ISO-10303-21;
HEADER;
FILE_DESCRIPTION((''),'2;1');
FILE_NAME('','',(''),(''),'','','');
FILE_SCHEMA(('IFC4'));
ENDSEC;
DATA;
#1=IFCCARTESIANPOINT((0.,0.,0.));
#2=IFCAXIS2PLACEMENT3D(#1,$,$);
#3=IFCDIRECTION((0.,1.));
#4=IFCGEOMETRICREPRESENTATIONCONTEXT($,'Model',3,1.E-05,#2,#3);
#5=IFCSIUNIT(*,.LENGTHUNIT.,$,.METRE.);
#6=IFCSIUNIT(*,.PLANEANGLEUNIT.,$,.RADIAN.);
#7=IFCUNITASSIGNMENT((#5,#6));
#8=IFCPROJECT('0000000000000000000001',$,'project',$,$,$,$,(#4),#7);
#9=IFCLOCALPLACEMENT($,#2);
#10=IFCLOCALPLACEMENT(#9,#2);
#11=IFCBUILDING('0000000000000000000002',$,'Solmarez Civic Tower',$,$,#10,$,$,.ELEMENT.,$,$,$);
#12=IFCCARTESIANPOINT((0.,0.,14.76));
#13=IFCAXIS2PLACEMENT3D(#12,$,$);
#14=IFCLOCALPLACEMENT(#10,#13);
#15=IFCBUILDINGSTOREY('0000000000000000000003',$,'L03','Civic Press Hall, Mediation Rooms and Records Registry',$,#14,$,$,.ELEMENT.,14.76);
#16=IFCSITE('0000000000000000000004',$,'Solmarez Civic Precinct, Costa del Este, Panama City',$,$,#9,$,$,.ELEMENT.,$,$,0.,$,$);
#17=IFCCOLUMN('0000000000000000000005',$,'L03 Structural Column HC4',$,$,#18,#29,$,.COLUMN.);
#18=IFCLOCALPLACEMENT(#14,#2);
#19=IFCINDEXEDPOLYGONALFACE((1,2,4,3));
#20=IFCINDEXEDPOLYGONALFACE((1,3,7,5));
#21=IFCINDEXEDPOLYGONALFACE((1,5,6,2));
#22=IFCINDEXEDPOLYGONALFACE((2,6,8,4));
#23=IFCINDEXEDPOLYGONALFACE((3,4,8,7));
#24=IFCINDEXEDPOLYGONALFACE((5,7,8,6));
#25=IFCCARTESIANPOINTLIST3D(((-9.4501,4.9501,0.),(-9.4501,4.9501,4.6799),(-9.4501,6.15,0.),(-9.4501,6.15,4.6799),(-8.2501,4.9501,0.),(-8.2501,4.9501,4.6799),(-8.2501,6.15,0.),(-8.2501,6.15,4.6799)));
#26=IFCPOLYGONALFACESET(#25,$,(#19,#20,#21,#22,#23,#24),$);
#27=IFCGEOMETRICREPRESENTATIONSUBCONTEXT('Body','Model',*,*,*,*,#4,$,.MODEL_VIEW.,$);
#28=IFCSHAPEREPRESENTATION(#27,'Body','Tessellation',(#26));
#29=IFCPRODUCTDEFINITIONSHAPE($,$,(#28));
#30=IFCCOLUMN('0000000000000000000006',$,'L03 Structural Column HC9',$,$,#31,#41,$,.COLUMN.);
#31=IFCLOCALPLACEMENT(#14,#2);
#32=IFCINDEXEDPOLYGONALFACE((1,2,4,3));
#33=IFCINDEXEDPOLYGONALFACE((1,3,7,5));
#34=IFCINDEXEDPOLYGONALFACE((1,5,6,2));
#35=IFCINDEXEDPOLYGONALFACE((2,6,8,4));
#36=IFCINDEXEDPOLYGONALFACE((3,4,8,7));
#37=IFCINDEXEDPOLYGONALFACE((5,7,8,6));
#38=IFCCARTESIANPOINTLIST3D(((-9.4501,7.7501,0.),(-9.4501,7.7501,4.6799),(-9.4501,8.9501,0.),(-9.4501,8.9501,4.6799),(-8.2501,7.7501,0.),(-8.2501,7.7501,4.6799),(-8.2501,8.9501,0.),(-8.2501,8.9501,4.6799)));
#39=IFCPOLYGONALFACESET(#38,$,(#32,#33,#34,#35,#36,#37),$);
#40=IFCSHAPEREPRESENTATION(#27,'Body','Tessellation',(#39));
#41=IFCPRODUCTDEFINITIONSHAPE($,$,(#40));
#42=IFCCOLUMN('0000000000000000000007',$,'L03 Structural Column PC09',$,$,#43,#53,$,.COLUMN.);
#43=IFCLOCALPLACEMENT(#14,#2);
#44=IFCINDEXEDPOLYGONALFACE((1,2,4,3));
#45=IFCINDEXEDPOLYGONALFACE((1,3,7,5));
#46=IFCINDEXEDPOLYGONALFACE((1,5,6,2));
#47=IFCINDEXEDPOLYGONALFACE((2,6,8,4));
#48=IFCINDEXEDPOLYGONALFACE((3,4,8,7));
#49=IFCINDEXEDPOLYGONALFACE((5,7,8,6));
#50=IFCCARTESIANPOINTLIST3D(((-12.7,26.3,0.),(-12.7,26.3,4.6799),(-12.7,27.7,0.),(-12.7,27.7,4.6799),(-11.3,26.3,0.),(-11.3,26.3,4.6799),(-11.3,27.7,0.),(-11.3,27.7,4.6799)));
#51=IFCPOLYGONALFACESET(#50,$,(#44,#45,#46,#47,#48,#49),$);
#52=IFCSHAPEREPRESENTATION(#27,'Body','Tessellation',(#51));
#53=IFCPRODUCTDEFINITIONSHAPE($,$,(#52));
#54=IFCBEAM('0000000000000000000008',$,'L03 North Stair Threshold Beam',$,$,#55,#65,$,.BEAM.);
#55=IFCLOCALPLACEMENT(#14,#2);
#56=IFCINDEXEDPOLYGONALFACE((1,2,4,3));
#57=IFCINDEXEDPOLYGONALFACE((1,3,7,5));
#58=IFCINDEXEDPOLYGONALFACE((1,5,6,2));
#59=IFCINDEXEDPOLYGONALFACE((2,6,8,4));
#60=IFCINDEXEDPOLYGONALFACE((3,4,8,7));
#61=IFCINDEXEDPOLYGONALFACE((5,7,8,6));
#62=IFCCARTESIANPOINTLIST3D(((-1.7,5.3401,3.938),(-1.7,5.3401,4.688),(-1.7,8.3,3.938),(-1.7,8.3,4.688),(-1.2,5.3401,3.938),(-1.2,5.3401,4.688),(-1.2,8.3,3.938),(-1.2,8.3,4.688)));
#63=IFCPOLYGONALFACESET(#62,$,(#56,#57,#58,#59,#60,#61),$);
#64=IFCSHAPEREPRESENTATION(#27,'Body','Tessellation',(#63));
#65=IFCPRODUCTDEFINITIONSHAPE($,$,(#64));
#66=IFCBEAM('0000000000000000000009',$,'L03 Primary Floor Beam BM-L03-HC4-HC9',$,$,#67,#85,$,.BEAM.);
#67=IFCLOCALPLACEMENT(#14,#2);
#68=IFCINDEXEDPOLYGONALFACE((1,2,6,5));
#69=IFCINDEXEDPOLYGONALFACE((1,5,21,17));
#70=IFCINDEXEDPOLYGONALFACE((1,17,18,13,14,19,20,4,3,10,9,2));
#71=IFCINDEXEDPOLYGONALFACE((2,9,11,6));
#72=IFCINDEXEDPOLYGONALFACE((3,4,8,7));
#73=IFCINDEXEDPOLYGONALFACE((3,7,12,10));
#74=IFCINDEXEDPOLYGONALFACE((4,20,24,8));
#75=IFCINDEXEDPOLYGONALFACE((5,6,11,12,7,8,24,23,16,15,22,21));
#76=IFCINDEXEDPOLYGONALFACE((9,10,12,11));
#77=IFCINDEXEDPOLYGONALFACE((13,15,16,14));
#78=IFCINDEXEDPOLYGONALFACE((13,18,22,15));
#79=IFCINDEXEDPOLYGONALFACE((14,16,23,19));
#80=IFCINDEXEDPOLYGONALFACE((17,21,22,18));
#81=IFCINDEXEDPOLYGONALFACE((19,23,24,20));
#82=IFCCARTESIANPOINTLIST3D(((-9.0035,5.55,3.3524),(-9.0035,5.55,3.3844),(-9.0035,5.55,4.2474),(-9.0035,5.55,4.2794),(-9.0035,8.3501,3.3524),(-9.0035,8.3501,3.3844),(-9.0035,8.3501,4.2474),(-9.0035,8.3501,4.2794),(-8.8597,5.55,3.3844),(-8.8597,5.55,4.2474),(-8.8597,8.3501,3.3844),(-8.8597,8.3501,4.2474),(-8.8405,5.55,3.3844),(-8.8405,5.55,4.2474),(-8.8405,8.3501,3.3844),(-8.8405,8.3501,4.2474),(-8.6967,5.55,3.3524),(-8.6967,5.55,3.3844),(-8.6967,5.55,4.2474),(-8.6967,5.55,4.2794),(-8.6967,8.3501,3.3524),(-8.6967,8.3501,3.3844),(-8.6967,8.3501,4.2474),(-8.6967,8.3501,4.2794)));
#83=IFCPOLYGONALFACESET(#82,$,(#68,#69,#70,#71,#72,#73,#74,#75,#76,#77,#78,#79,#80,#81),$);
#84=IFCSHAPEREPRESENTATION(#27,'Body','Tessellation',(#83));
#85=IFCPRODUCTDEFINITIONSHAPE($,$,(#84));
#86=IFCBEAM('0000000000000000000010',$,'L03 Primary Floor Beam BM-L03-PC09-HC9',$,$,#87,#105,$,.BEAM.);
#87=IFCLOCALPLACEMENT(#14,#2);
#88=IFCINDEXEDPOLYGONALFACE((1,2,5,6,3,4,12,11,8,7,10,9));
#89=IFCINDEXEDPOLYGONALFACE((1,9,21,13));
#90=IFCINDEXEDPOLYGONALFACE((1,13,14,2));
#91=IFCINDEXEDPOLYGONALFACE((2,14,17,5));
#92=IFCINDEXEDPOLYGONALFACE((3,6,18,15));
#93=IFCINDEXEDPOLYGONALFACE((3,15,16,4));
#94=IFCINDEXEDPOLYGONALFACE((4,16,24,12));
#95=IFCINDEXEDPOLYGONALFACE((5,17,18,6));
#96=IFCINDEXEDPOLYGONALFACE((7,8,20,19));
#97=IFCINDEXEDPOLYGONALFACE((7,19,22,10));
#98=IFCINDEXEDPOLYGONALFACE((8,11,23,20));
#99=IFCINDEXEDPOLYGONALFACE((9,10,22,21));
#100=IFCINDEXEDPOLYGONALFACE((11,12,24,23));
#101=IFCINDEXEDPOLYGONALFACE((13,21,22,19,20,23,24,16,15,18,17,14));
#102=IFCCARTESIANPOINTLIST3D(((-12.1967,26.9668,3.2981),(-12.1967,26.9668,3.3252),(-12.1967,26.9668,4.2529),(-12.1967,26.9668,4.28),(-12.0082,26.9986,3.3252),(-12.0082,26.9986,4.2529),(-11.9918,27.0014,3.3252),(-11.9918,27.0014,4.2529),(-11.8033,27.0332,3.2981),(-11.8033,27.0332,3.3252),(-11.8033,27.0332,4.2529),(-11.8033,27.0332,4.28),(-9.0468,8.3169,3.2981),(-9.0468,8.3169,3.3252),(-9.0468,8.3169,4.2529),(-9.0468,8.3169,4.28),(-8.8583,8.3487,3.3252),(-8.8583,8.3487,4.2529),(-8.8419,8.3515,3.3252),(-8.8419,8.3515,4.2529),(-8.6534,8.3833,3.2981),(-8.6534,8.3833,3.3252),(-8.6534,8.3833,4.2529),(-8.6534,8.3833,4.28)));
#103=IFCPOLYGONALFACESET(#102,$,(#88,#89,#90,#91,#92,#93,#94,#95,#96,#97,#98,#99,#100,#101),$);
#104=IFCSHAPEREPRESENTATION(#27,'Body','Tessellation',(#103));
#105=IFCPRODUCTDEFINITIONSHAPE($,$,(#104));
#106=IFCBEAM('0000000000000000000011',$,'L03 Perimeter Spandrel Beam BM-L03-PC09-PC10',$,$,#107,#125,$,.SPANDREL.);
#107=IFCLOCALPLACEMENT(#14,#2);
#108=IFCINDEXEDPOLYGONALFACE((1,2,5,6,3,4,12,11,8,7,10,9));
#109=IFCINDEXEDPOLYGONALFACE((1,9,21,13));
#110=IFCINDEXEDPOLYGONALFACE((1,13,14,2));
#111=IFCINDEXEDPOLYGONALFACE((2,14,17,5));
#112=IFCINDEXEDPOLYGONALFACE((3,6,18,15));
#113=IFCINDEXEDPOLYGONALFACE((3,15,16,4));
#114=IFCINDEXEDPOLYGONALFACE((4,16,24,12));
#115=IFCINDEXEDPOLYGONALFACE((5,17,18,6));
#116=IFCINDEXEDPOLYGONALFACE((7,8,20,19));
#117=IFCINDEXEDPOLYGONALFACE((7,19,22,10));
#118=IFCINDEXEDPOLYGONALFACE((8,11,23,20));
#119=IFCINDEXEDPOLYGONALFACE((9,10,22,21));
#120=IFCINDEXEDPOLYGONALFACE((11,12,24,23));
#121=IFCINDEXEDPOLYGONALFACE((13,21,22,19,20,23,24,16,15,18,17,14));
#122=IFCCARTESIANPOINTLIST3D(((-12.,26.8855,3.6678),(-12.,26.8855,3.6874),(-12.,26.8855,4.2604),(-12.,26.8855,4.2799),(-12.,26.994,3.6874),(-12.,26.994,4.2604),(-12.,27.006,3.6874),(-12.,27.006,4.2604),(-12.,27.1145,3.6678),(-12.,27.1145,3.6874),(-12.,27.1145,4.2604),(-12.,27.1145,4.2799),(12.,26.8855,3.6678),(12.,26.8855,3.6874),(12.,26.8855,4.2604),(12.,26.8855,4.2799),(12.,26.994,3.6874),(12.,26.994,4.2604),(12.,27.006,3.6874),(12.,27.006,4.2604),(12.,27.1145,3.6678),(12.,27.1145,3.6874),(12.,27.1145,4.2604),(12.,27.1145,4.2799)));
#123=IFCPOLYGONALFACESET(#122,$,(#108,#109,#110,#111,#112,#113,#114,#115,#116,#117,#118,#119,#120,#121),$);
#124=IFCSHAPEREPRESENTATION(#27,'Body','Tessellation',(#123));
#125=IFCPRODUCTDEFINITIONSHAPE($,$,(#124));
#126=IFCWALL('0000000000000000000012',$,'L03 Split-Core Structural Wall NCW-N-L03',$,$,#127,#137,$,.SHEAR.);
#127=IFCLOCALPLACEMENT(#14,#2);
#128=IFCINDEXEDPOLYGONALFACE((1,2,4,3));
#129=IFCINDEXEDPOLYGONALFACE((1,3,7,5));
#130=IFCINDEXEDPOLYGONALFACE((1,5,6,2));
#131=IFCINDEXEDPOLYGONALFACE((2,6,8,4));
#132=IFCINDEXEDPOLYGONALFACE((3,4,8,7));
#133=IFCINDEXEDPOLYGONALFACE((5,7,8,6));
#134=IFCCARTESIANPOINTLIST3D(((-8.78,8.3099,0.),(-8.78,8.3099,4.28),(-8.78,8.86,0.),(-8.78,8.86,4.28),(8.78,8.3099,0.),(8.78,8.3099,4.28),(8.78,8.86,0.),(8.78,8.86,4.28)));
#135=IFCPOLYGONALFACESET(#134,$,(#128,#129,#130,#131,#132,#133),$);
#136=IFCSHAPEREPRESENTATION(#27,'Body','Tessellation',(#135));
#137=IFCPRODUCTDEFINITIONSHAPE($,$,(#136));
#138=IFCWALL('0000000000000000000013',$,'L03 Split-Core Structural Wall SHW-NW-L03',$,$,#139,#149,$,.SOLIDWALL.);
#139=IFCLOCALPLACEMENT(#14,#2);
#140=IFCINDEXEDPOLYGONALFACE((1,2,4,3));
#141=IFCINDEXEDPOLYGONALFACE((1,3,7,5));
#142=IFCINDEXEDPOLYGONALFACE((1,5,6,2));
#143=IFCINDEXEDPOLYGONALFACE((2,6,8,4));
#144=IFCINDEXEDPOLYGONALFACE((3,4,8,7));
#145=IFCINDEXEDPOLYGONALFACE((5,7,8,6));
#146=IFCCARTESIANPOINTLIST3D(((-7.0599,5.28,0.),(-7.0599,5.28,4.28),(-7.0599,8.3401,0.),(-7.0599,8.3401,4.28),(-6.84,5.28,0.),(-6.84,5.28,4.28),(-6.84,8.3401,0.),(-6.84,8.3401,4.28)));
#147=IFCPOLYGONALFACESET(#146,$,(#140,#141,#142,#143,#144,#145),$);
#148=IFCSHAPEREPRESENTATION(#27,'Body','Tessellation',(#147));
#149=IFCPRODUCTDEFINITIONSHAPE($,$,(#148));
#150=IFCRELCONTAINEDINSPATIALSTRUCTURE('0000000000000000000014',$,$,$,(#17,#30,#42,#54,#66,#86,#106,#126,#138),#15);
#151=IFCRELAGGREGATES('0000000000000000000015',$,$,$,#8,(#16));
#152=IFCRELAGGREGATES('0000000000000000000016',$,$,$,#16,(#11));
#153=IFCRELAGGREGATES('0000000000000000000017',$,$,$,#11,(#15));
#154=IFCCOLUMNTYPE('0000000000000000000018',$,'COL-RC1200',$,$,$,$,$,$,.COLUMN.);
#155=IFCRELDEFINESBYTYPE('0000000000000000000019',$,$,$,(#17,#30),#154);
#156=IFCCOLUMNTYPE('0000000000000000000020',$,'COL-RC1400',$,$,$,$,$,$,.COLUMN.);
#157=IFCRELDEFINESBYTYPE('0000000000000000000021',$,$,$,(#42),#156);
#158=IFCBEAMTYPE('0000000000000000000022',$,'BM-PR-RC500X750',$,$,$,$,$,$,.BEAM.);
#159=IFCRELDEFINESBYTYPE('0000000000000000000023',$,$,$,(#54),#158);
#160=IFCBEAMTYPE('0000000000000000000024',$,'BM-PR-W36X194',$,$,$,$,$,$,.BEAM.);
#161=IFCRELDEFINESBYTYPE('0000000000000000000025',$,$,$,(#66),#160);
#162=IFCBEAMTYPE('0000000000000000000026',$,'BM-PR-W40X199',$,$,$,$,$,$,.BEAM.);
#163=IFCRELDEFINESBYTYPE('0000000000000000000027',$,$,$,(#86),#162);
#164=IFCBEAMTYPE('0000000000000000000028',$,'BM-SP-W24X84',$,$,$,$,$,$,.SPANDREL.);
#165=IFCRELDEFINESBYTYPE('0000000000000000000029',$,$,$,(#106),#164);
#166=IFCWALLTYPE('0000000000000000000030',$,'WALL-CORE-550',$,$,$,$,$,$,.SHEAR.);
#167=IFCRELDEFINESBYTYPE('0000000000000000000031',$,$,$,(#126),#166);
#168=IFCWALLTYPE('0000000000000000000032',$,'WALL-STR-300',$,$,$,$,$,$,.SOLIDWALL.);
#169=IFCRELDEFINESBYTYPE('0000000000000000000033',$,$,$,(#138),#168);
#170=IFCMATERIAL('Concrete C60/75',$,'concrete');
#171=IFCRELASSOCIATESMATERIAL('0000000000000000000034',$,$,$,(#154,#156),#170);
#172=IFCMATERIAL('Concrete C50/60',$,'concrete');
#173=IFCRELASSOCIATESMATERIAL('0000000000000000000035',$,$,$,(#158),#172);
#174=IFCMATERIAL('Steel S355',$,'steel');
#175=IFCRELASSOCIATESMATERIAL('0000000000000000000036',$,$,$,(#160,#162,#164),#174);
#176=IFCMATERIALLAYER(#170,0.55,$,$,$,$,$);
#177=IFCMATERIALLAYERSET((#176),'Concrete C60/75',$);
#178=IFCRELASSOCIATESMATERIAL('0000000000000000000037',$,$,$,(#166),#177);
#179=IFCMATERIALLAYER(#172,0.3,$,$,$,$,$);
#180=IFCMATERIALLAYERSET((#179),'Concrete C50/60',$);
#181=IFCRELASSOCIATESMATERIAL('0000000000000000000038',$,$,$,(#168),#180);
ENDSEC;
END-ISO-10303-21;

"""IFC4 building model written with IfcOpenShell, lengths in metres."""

from ifc_helpers import new_model, si_unit, direction, frame, frame_2d, origin, origin_2d, place, context, subcontext, project, spatial, rectangle, i_section, extrude, material, layer, layer_set, material_profile, profile_set, type_object, element, save


model = new_model("IFC4")

# Units and contexts
model_context = context("Model", 3, precision=1e-05, world=origin(), true_north=direction((0.0, 1.0)))
body_context = subcontext(model_context, "Body", "Model", "MODEL_VIEW")
ifc_project = project(units=[si_unit("LENGTHUNIT", "METRE"), si_unit("PLANEANGLEUNIT", "RADIAN")], contexts=[model_context])

# Site, building, storey
site_placement = place(None, origin())
site = spatial("IfcSite", under=ifc_project, at=site_placement, Name="Solmarez Civic Precinct, Costa del Este, Panama City", CompositionType="ELEMENT", RefElevation=0.0)
building_placement = place(site_placement, origin())
building = spatial("IfcBuilding", under=site, at=building_placement, Name="Solmarez Civic Tower", CompositionType="ELEMENT")
storey_placement = place(building_placement, frame((0.0, 0.0, 14.76)))
storey = spatial("IfcBuildingStorey", under=building, at=storey_placement, Name="L03", Description="Civic Press Hall, Mediation Rooms and Records Registry", CompositionType="ELEMENT", Elevation=14.76)

# Columns
ifc_material_1 = material(Name="Concrete C60/75", Category="concrete")
ifc_material_profile_1 = material_profile(ifc_material_1, rectangle(XDim=1.2, YDim=1.2, at=origin_2d()), Name="RC1200X1200")
ifc_profile_set_1 = profile_set([ifc_material_profile_1], Name="Concrete C60/75")
column_type_1 = type_object("IfcColumnType", Name="COL-RC1200", PredefinedType="COLUMN", material=ifc_profile_set_1)
for number, where, z_axis, x_axis, name in (
    (1, (-8.8501, 5.55, 0.0), (0.0, 0.0, 1.0), (1.0, 0.0, 0.0), "L03 Structural Column HC4"),
    (2, (-8.8501, 8.3501, 0.0), (0.0, 0.0, 1.0), (1.0, 0.0, 0.0), "L03 Structural Column HC9"),
):
    element("IfcColumn", number, at=place(storey_placement, frame(where, z_axis=z_axis, x_axis=x_axis)), inside=storey, type_object=column_type_1, Name=name, PredefinedType="COLUMN", context=body_context, shape_type="SweptSolid", body=[
        extrude(rectangle(XDim=1.2, YDim=1.2, at=origin_2d()), origin(), (0.0, 0.0, 1.0), 4.6799),
    ])
ifc_material_profile_2 = material_profile(ifc_material_1, rectangle(XDim=1.3999, YDim=1.3999, at=origin_2d()), Name="RC1400X1400")
ifc_profile_set_2 = profile_set([ifc_material_profile_2], Name="Concrete C60/75")
column_type_2 = type_object("IfcColumnType", Name="COL-RC1400", PredefinedType="COLUMN", material=ifc_profile_set_2)
column_placement = place(storey_placement, frame((-12.0, 27.0, 0.0), z_axis=(0.0, 0.0, 1.0), x_axis=(1.0, 0.0, 0.0)))
element("IfcColumn", 3, at=column_placement, inside=storey, type_object=column_type_2, Name="L03 Structural Column PC09", PredefinedType="COLUMN", context=body_context, shape_type="SweptSolid", body=[
    extrude(rectangle(XDim=1.3999, YDim=1.3999, at=origin_2d()), origin(), (0.0, 0.0, 1.0), 4.6799),
])

# Beams
ifc_material_2 = material(Name="Concrete C50/60", Category="concrete")
ifc_material_profile_3 = material_profile(ifc_material_2, rectangle(XDim=0.5, YDim=0.75, at=origin_2d()), Name="RC500X750")
ifc_profile_set_3 = profile_set([ifc_material_profile_3], Name="Concrete C50/60")
beam_type_1 = type_object("IfcBeamType", Name="BM-PR-RC500X750", PredefinedType="BEAM", material=ifc_profile_set_3)
beam_1_placement = place(storey_placement, frame((-1.45, 5.3401, 4.313), z_axis=(0.0, 1.0, 0.0), x_axis=(-1.0, 0.0, 0.0)))
element("IfcBeam", 4, at=beam_1_placement, inside=storey, type_object=beam_type_1, Name="L03 North Stair Threshold Beam", PredefinedType="BEAM", context=body_context, shape_type="SweptSolid", body=[
    extrude(rectangle(XDim=0.5, YDim=0.75, at=origin_2d()), origin(), (0.0, 0.0, 1.0), 2.96),
])
ifc_material_3 = material(Name="Steel S355", Category="steel")
ifc_material_profile_4 = material_profile(ifc_material_3, i_section(OverallWidth=0.3069, OverallDepth=0.927, WebThickness=0.0193, FlangeThickness=0.032, at=origin_2d()), Name="W36X194")
ifc_profile_set_4 = profile_set([ifc_material_profile_4], Name="Steel S355")
beam_type_2 = type_object("IfcBeamType", Name="BM-PR-W36X194", PredefinedType="BEAM", material=ifc_profile_set_4)
beam_2_placement = place(storey_placement, frame((-8.8501, 5.55, 3.8159), z_axis=(0.0, 1.0, 0.0), x_axis=(-1.0, 0.0, 0.0)))
element("IfcBeam", 5, at=beam_2_placement, inside=storey, type_object=beam_type_2, Name="L03 Primary Floor Beam BM-L03-HC4-HC9", PredefinedType="BEAM", context=body_context, shape_type="SweptSolid", body=[
    extrude(i_section(OverallWidth=0.3069, OverallDepth=0.927, WebThickness=0.0193, FlangeThickness=0.032, at=origin_2d()), origin(), (0.0, 0.0, 1.0), 2.8),
])
ifc_material_profile_5 = material_profile(ifc_material_3, i_section(OverallWidth=0.3989, OverallDepth=0.9819, WebThickness=0.0166, FlangeThickness=0.0271, at=origin_2d()), Name="W40X199")
ifc_profile_set_5 = profile_set([ifc_material_profile_5], Name="Steel S355")
beam_type_3 = type_object("IfcBeamType", Name="BM-PR-W40X199", PredefinedType="BEAM", material=ifc_profile_set_5)
beam_3_placement = place(storey_placement, frame((-12.0, 27.0, 3.7891), z_axis=(0.166538, -0.986035, 0.0), x_axis=(0.986035, 0.166538, 0.0)))
element("IfcBeam", 6, at=beam_3_placement, inside=storey, type_object=beam_type_3, Name="L03 Primary Floor Beam BM-L03-PC09-HC9", PredefinedType="BEAM", context=body_context, shape_type="SweptSolid", body=[
    extrude(i_section(OverallWidth=0.3989, OverallDepth=0.9819, WebThickness=0.0166, FlangeThickness=0.0271, at=origin_2d()), origin(), (0.0, 0.0, 1.0), 18.9141),
])
ifc_material_profile_6 = material_profile(ifc_material_3, i_section(OverallWidth=0.229, OverallDepth=0.6121, WebThickness=0.012, FlangeThickness=0.0195, at=origin_2d()), Name="W24X84")
ifc_profile_set_6 = profile_set([ifc_material_profile_6], Name="Steel S355")
beam_type_4 = type_object("IfcBeamType", Name="BM-SP-W24X84", PredefinedType="SPANDREL", material=ifc_profile_set_6)
beam_4_placement = place(storey_placement, frame((-12.0, 27.0, 3.9739), z_axis=(1.0, 0.0, 0.0), x_axis=(0.0, 1.0, 0.0)))
element("IfcBeam", 7, at=beam_4_placement, inside=storey, type_object=beam_type_4, Name="L03 Perimeter Spandrel Beam BM-L03-PC09-PC10", PredefinedType="SPANDREL", context=body_context, shape_type="SweptSolid", body=[
    extrude(i_section(OverallWidth=0.229, OverallDepth=0.6121, WebThickness=0.012, FlangeThickness=0.0195, at=origin_2d()), origin(), (0.0, 0.0, 1.0), 24.0),
])

# Walls
ifc_layer_1 = layer(ifc_material_1, 0.55)
ifc_layer_set_1 = layer_set([ifc_layer_1], Name="Concrete C60/75")
wall_type_1 = type_object("IfcWallType", Name="WALL-CORE-550", PredefinedType="SHEAR", material=ifc_layer_set_1)
wall_1_placement = place(storey_placement, frame((-8.78, 8.585, 0.0), z_axis=(0.0, 0.0, 1.0), x_axis=(1.0, 0.0, 0.0)))
element("IfcWall", 8, at=wall_1_placement, inside=storey, type_object=wall_type_1, Name="L03 Split-Core Structural Wall NCW-N-L03", PredefinedType="SHEAR", context=body_context, shape_type="SweptSolid", body=[
    extrude(rectangle(XDim=17.5601, YDim=0.55, at=frame_2d((8.78, 0.0))), origin(), (0.0, 0.0, 1.0), 4.28),
])
ifc_layer_2 = layer(ifc_material_2, 0.3)
ifc_layer_set_2 = layer_set([ifc_layer_2], Name="Concrete C50/60")
wall_type_2 = type_object("IfcWallType", Name="WALL-STR-300", PredefinedType="SOLIDWALL", material=ifc_layer_set_2)
wall_2_placement = place(storey_placement, frame((-6.95, 5.28, 0.0), z_axis=(0.0, 0.0, 1.0), x_axis=(0.0, 1.0, 0.0)))
element("IfcWall", 9, at=wall_2_placement, inside=storey, type_object=wall_type_2, Name="L03 Split-Core Structural Wall SHW-NW-L03", PredefinedType="SOLIDWALL", context=body_context, shape_type="SweptSolid", body=[
    extrude(rectangle(XDim=3.0601, YDim=0.22, at=frame_2d((1.53, 0.0))), origin(), (0.0, 0.0, 1.0), 4.28),
])

save(model, "model.ifc")
